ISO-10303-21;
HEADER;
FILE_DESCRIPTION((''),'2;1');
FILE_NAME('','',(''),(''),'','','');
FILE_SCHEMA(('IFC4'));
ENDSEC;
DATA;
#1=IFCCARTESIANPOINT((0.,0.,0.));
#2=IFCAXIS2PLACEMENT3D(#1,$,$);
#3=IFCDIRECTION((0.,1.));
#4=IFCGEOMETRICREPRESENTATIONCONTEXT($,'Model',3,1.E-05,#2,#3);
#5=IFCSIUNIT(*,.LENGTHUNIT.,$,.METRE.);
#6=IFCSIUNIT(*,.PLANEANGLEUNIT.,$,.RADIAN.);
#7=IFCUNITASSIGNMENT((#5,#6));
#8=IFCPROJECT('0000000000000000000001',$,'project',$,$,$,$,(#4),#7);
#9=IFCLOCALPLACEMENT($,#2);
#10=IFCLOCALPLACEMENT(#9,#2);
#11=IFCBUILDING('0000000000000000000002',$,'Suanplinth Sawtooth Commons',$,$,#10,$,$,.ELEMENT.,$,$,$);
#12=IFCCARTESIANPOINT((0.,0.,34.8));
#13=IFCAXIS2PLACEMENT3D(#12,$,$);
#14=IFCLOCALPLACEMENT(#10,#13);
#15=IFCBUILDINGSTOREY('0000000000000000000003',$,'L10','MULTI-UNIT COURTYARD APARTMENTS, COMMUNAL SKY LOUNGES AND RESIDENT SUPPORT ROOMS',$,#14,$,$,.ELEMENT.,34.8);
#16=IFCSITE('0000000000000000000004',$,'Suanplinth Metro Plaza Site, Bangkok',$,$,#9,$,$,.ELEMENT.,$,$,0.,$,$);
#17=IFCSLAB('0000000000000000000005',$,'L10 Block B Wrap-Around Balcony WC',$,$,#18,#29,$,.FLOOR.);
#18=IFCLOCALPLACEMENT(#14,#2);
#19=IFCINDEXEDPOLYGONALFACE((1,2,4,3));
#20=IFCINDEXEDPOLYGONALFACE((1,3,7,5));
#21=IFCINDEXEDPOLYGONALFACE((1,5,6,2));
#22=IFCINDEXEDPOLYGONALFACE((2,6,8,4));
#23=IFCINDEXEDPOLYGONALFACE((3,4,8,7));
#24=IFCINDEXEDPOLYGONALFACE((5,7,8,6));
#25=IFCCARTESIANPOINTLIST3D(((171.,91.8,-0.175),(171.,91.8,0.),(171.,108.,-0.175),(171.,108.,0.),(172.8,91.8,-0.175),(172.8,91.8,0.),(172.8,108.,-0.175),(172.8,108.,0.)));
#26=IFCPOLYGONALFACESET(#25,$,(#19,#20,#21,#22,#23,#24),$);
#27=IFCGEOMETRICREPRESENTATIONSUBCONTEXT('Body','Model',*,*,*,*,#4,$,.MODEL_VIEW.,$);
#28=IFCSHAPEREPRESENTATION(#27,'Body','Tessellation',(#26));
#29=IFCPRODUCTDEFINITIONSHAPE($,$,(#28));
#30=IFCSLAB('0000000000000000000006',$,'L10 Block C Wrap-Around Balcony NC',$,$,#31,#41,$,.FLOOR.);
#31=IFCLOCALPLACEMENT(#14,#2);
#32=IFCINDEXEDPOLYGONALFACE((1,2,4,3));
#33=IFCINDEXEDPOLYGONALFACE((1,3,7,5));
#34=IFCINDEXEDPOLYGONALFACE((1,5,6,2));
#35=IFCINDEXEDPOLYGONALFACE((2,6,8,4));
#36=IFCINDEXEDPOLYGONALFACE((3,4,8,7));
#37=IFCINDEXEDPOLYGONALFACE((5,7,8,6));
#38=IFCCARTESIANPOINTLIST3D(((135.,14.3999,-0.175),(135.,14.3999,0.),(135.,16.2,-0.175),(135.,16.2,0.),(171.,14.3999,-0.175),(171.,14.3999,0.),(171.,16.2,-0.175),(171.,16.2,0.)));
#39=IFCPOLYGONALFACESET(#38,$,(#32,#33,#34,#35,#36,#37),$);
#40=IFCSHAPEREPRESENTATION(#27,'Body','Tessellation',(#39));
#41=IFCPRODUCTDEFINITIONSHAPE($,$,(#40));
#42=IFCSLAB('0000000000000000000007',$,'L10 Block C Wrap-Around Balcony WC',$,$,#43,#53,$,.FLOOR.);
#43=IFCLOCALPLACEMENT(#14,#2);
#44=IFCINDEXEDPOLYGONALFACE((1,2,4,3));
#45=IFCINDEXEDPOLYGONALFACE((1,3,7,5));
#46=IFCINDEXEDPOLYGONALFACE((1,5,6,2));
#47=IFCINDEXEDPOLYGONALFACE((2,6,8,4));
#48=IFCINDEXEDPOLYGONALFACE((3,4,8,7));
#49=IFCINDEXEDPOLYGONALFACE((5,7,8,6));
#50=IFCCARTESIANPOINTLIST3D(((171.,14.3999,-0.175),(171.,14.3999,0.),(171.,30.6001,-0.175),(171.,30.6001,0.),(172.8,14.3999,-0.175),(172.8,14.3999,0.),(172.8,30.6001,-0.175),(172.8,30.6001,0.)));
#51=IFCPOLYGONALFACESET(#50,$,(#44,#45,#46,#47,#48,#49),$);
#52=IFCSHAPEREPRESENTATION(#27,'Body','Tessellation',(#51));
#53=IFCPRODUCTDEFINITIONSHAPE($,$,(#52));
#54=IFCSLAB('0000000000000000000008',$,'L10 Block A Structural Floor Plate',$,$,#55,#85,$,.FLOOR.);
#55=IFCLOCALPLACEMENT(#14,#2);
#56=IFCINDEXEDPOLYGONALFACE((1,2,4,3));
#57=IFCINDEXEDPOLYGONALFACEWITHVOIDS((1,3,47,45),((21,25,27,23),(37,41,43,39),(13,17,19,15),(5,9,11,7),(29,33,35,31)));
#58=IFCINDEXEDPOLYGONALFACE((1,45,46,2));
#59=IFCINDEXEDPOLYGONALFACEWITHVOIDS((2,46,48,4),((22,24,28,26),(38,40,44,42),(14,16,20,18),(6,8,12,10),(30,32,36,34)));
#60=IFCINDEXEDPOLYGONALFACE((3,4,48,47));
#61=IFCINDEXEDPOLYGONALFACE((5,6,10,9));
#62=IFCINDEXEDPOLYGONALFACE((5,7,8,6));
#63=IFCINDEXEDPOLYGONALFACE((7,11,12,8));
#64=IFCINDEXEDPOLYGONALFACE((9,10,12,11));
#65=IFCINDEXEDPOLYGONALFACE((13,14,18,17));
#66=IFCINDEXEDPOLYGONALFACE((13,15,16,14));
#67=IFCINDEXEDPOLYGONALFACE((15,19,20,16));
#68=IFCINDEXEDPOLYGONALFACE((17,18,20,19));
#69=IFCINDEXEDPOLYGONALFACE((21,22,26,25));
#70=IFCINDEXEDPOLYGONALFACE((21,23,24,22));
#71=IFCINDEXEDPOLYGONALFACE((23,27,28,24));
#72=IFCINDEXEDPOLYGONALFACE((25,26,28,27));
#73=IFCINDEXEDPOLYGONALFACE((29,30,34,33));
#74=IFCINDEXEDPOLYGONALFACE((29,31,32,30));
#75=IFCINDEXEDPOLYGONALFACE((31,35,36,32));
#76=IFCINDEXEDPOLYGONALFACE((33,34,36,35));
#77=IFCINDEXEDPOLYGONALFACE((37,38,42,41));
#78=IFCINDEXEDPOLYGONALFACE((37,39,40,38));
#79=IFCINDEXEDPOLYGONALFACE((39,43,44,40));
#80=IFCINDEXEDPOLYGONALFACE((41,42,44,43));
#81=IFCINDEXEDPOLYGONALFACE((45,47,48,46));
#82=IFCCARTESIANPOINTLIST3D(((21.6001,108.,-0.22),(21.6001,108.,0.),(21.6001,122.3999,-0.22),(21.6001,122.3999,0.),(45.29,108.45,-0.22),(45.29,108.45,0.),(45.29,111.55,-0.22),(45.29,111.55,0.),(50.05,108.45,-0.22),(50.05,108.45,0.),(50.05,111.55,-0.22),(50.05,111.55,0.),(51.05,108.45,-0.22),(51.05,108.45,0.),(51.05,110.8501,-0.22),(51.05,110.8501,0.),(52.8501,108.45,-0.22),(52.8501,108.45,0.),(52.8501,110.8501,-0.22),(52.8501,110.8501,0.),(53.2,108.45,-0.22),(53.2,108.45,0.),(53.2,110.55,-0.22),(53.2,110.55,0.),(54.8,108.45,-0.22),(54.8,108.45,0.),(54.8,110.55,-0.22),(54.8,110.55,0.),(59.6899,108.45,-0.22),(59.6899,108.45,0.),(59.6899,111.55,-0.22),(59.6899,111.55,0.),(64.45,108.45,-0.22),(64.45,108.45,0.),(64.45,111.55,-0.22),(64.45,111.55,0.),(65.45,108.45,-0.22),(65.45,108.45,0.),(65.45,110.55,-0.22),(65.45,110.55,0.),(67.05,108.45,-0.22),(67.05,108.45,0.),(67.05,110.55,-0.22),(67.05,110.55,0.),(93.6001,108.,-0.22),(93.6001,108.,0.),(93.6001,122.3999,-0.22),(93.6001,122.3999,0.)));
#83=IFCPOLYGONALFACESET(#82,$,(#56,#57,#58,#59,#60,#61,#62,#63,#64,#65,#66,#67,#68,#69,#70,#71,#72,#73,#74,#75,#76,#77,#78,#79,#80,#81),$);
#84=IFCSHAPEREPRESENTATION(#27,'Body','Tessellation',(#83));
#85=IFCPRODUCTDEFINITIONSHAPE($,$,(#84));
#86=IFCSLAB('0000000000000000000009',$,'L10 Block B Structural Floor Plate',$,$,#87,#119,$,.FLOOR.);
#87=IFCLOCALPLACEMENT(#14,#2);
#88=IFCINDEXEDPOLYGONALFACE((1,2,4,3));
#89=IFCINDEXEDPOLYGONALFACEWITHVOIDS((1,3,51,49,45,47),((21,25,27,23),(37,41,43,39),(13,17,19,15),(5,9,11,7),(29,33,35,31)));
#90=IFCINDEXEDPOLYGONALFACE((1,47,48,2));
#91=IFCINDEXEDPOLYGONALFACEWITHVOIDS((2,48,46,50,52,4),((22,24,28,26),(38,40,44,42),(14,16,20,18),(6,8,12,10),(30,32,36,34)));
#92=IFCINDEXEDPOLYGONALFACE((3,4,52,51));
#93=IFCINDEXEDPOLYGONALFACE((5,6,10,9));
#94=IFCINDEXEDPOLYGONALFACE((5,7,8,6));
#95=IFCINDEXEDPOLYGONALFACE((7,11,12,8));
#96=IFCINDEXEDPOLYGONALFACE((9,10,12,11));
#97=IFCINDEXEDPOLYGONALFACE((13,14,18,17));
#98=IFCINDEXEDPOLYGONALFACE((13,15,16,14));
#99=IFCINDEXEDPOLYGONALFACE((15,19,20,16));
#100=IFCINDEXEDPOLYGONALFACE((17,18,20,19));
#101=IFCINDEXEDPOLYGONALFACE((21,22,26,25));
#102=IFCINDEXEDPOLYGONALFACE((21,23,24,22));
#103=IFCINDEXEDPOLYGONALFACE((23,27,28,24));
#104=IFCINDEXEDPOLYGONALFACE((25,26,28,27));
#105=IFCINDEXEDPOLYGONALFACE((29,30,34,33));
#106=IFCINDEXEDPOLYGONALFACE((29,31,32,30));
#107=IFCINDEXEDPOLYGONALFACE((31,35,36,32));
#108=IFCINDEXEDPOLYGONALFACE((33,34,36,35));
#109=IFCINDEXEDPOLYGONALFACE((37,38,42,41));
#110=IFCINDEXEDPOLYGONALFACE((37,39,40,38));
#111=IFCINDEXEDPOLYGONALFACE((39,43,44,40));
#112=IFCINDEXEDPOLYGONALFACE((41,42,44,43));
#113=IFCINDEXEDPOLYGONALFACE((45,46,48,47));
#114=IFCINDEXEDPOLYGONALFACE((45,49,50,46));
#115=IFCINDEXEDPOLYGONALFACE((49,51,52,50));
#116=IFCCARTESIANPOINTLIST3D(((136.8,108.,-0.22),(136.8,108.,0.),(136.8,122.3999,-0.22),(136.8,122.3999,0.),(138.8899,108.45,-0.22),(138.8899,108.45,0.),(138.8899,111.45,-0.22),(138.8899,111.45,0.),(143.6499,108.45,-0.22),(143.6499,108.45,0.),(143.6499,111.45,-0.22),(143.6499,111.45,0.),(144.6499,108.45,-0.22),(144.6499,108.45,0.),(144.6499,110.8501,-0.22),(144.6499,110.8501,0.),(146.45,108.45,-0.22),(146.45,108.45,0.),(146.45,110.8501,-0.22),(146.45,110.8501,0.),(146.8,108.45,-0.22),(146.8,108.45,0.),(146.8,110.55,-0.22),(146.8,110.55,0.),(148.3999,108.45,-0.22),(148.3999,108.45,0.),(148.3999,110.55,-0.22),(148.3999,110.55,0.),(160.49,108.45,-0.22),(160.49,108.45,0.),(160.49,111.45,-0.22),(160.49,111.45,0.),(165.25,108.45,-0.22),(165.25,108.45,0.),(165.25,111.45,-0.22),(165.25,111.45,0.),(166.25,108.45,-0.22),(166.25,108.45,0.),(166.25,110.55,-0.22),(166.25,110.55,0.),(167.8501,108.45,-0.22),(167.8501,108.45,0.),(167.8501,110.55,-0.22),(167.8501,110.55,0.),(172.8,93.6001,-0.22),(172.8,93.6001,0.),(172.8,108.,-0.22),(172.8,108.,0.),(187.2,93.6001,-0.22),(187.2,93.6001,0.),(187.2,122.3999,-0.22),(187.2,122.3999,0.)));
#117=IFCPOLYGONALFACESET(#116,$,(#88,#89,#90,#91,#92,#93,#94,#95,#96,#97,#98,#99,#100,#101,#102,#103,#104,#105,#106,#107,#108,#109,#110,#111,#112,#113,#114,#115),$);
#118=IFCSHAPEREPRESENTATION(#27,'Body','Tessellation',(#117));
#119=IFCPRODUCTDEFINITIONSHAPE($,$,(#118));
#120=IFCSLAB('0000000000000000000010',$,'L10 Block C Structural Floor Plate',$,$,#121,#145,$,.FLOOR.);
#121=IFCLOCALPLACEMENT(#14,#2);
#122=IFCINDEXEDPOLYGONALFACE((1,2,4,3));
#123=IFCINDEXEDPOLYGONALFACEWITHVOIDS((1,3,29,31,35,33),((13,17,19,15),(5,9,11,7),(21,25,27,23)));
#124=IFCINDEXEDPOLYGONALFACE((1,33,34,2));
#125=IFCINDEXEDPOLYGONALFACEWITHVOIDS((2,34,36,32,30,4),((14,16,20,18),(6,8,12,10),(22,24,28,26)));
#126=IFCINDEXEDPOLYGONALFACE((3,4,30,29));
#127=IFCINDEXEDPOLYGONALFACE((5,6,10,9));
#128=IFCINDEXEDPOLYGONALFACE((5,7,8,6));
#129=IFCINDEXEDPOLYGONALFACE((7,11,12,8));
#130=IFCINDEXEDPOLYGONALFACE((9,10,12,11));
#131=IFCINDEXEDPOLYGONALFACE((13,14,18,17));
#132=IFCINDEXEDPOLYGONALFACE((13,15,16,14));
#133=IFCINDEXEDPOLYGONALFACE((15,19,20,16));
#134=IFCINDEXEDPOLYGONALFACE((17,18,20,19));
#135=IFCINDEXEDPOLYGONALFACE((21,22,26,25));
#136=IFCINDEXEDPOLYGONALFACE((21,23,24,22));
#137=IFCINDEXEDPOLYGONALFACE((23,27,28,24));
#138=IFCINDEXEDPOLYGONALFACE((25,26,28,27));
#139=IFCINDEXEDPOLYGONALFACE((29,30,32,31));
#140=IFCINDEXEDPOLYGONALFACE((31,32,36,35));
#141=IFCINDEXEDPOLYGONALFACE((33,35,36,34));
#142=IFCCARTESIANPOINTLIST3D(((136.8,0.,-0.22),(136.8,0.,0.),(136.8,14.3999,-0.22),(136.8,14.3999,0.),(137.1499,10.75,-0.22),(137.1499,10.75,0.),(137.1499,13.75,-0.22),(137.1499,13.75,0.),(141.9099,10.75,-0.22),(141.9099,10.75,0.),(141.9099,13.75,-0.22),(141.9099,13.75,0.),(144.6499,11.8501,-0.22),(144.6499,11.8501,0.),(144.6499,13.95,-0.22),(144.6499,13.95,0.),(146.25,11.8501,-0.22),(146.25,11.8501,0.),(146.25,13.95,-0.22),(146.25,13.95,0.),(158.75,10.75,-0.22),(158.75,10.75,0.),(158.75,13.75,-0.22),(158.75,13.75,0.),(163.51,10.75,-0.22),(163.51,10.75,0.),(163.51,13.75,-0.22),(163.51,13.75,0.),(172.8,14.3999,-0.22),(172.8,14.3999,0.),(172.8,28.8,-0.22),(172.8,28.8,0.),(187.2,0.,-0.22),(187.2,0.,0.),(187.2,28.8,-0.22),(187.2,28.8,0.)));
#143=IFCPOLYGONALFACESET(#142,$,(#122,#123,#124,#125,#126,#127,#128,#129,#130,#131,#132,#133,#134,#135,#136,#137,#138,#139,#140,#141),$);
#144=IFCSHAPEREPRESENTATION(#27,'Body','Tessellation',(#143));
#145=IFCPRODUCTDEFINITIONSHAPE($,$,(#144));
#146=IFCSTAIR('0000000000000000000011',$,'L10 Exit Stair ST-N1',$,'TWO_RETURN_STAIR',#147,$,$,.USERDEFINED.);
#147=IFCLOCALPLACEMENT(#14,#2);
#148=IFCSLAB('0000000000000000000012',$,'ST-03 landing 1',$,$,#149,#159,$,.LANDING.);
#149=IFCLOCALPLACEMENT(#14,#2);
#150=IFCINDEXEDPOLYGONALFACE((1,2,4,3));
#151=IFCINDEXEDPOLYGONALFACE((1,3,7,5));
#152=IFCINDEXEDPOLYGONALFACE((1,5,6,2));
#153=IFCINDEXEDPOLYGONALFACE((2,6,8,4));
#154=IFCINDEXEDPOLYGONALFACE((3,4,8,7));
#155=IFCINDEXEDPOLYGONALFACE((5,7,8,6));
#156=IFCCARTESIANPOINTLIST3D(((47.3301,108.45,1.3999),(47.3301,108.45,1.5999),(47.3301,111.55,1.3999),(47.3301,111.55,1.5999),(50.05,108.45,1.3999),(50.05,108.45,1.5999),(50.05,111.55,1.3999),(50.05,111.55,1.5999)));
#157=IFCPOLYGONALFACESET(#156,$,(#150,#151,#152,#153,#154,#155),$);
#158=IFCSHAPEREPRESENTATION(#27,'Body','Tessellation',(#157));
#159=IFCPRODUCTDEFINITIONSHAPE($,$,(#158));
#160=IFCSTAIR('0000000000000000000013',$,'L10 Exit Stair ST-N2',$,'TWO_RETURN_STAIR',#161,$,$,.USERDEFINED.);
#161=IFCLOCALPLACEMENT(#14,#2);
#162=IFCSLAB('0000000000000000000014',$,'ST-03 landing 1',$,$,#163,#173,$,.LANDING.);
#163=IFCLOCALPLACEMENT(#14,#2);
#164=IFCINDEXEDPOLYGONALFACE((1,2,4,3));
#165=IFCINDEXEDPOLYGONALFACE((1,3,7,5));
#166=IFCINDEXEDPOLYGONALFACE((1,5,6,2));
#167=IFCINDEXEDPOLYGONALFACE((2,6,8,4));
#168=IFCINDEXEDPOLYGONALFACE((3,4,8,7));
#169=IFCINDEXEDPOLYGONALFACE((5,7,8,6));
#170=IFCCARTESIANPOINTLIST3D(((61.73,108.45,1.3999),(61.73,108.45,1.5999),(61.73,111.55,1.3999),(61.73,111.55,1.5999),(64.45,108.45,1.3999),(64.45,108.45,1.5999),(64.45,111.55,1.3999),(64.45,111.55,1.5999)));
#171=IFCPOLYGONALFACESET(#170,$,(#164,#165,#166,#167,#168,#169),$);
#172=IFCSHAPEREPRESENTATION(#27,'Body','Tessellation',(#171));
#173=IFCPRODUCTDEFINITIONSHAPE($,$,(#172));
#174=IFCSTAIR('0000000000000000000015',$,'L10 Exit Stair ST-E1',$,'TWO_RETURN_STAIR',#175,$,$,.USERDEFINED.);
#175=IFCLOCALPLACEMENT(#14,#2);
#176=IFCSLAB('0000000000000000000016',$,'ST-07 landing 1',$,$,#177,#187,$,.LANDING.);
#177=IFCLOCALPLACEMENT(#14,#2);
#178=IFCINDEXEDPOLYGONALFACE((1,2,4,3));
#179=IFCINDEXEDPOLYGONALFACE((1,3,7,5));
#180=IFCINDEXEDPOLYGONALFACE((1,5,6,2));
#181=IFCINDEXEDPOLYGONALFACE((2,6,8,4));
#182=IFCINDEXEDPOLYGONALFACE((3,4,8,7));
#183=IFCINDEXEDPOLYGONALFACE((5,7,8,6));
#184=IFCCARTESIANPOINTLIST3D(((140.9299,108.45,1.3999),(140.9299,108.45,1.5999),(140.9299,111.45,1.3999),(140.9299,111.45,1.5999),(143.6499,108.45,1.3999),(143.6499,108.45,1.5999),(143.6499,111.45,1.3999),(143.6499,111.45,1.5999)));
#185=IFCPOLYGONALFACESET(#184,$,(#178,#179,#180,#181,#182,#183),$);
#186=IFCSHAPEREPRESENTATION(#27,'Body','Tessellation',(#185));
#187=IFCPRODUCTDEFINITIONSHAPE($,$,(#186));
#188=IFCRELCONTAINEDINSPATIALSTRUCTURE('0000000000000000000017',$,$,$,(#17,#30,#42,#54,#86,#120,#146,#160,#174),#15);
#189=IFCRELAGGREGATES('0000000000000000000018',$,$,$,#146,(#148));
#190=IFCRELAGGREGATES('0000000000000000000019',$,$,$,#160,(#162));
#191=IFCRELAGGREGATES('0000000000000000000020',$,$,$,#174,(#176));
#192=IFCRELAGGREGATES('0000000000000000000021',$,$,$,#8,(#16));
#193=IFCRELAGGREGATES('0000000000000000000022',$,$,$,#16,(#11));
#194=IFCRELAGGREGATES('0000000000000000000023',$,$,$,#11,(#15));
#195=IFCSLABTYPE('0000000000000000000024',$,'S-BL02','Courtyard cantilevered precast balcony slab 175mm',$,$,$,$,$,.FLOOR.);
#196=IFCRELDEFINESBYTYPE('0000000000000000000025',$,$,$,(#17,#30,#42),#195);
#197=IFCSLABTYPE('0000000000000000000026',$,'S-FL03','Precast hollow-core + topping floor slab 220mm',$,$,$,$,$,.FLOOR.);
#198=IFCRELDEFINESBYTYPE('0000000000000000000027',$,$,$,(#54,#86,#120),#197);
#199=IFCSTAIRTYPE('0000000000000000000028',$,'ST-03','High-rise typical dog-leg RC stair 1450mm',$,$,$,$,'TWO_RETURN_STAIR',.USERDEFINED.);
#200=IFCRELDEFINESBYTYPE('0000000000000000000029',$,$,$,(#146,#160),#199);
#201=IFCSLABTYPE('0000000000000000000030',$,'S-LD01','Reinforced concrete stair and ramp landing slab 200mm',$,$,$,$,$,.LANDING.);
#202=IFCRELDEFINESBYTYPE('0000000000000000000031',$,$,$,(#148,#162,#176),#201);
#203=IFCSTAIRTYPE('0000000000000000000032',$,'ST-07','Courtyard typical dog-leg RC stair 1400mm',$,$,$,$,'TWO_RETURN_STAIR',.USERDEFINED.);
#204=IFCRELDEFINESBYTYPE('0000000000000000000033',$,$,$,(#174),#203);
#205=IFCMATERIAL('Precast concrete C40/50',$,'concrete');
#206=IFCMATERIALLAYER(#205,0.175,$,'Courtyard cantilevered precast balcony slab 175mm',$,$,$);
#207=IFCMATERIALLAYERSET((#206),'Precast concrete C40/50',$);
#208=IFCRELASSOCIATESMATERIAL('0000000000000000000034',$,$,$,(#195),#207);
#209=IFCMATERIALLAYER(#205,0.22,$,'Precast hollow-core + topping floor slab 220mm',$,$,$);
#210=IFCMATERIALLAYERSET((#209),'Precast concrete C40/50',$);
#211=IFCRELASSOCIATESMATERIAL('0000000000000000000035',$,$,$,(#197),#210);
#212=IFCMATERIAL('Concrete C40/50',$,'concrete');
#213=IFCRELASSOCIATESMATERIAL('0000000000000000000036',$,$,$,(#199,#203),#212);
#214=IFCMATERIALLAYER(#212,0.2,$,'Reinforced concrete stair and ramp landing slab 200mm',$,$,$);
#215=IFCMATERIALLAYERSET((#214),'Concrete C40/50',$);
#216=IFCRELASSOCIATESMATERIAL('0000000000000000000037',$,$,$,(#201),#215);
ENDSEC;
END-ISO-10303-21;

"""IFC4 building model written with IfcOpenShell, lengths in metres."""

from ifc_helpers import new_model, si_unit, direction, frame, origin, place, context, subcontext, project, spatial, polyline, outline, extrude, material, layer, layer_set, type_object, element, aggregate, save


model = new_model("IFC4")

# Units and contexts
model_context = context("Model", 3, precision=1e-05, world=origin(), true_north=direction((0.0, 1.0)))
body_context = subcontext(model_context, "Body", "Model", "MODEL_VIEW")
ifc_project = project(units=[si_unit("LENGTHUNIT", "METRE"), si_unit("PLANEANGLEUNIT", "RADIAN")], contexts=[model_context])

# Site, building, storey
site_placement = place(None, origin())
site = spatial("IfcSite", under=ifc_project, at=site_placement, Name="Suanplinth Metro Plaza Site, Bangkok", CompositionType="ELEMENT", RefElevation=0.0)
building_placement = place(site_placement, origin())
building = spatial("IfcBuilding", under=site, at=building_placement, Name="Suanplinth Sawtooth Commons", CompositionType="ELEMENT")
storey_placement = place(building_placement, frame((0.0, 0.0, 34.8)))
storey = spatial("IfcBuildingStorey", under=building, at=storey_placement, Name="L10", Description="MULTI-UNIT COURTYARD APARTMENTS, COMMUNAL SKY LOUNGES AND RESIDENT SUPPORT ROOMS", CompositionType="ELEMENT", Elevation=34.8)

# Shared definitions
ifc_material_1 = material(Name="Precast concrete C40/50", Category="concrete")

# Slabs
ifc_layer_1 = layer(ifc_material_1, 0.175, Name="Courtyard cantilevered precast balcony slab 175mm")
ifc_layer_set_1 = layer_set([ifc_layer_1], Name="Precast concrete C40/50")
slab_type_1 = type_object("IfcSlabType", Name="S-BL02", Description="Courtyard cantilevered precast balcony slab 175mm", PredefinedType="FLOOR", material=ifc_layer_set_1)
slab_1_placement = place(storey_placement, frame((0.0, 0.0, -0.175)))
element("IfcSlab", 1, at=slab_1_placement, inside=storey, type_object=slab_type_1, Name="L10 Block B Wrap-Around Balcony WC", PredefinedType="FLOOR", context=body_context, shape_type="SweptSolid", body=[
    extrude(outline(polyline([(172.8, 91.8), (171.0, 91.8), (171.0, 108.0), (172.8, 108.0), (172.8, 91.8)])), origin(), (0.0, 0.0, 1.0), 0.175),
])
slab_2_placement = place(storey_placement, frame((0.0, 0.0, -0.175)))
element("IfcSlab", 2, at=slab_2_placement, inside=storey, type_object=slab_type_1, Name="L10 Block C Wrap-Around Balcony NC", PredefinedType="FLOOR", context=body_context, shape_type="SweptSolid", body=[
    extrude(outline(polyline([(135.0, 14.3999), (135.0, 16.2), (171.0, 16.2), (171.0, 14.3999), (135.0, 14.3999)])), origin(), (0.0, 0.0, 1.0), 0.175),
])
slab_3_placement = place(storey_placement, frame((0.0, 0.0, -0.175)))
element("IfcSlab", 3, at=slab_3_placement, inside=storey, type_object=slab_type_1, Name="L10 Block C Wrap-Around Balcony WC", PredefinedType="FLOOR", context=body_context, shape_type="SweptSolid", body=[
    extrude(outline(polyline([(172.8, 14.3999), (171.0, 14.3999), (171.0, 30.6001), (172.8, 30.6001), (172.8, 14.3999)])), origin(), (0.0, 0.0, 1.0), 0.175),
])
ifc_layer_2 = layer(ifc_material_1, 0.22, Name="Precast hollow-core + topping floor slab 220mm")
ifc_layer_set_2 = layer_set([ifc_layer_2], Name="Precast concrete C40/50")
slab_type_2 = type_object("IfcSlabType", Name="S-FL03", Description="Precast hollow-core + topping floor slab 220mm", PredefinedType="FLOOR", material=ifc_layer_set_2)
slab_4_placement = place(storey_placement, frame((0.0, 0.0, -0.22)))
element("IfcSlab", 4, at=slab_4_placement, inside=storey, type_object=slab_type_2, Name="L10 Block A Structural Floor Plate", PredefinedType="FLOOR", context=body_context, shape_type="SweptSolid", body=[
    extrude(outline(polyline([(21.6001, 108.0), (93.6001, 108.0), (93.6001, 122.3999), (21.6001, 122.3999), (21.6001, 108.0)]), holes=[polyline([(45.29, 108.45), (50.05, 108.45), (50.05, 111.55), (45.29, 111.55), (45.29, 108.45)]), polyline([(51.05, 108.45), (52.8501, 108.45), (52.8501, 110.8501), (51.05, 110.8501), (51.05, 108.45)]), polyline([(53.2, 108.45), (54.8, 108.45), (54.8, 110.55), (53.2, 110.55), (53.2, 108.45)]), polyline([(59.6899, 108.45), (64.45, 108.45), (64.45, 111.55), (59.6899, 111.55), (59.6899, 108.45)]), polyline([(65.45, 108.45), (67.05, 108.45), (67.05, 110.55), (65.45, 110.55), (65.45, 108.45)])]), origin(), (0.0, 0.0, 1.0), 0.22),
])
slab_5_placement = place(storey_placement, frame((0.0, 0.0, -0.22)))
element("IfcSlab", 5, at=slab_5_placement, inside=storey, type_object=slab_type_2, Name="L10 Block B Structural Floor Plate", PredefinedType="FLOOR", context=body_context, shape_type="SweptSolid", body=[
    extrude(outline(polyline([(172.8, 108.0), (136.8, 108.0), (136.8, 122.3999), (187.2, 122.3999), (187.2, 93.6001), (172.8, 93.6001), (172.8, 108.0)]), holes=[polyline([(138.8899, 108.45), (143.6499, 108.45), (143.6499, 111.45), (138.8899, 111.45), (138.8899, 108.45)]), polyline([(144.6499, 108.45), (146.45, 108.45), (146.45, 110.8501), (144.6499, 110.8501), (144.6499, 108.45)]), polyline([(146.8, 108.45), (148.3999, 108.45), (148.3999, 110.55), (146.8, 110.55), (146.8, 108.45)]), polyline([(160.49, 108.45), (165.25, 108.45), (165.25, 111.45), (160.49, 111.45), (160.49, 108.45)]), polyline([(166.25, 108.45), (167.8501, 108.45), (167.8501, 110.55), (166.25, 110.55), (166.25, 108.45)])]), origin(), (0.0, 0.0, 1.0), 0.22),
])
slab_6_placement = place(storey_placement, frame((0.0, 0.0, -0.22)))
element("IfcSlab", 6, at=slab_6_placement, inside=storey, type_object=slab_type_2, Name="L10 Block C Structural Floor Plate", PredefinedType="FLOOR", context=body_context, shape_type="SweptSolid", body=[
    extrude(outline(polyline([(187.2, 0.0), (136.8, 0.0), (136.8, 14.3999), (172.8, 14.3999), (172.8, 28.8), (187.2, 28.8), (187.2, 0.0)]), holes=[polyline([(137.1499, 10.75), (141.9099, 10.75), (141.9099, 13.75), (137.1499, 13.75), (137.1499, 10.75)]), polyline([(144.6499, 11.8501), (146.25, 11.8501), (146.25, 13.95), (144.6499, 13.95), (144.6499, 11.8501)]), polyline([(158.75, 10.75), (163.51, 10.75), (163.51, 13.75), (158.75, 13.75), (158.75, 10.75)])]), origin(), (0.0, 0.0, 1.0), 0.22),
])

# Stairs, slabs
ifc_material_2 = material(Name="Concrete C40/50", Category="concrete")
stair_type_1 = type_object("IfcStairType", Name="ST-03", Description="High-rise typical dog-leg RC stair 1450mm", ElementType="TWO_RETURN_STAIR", PredefinedType="USERDEFINED", material=ifc_material_2)
stair_1_placement = place(storey_placement, origin())
stair_1 = element("IfcStair", 7, at=stair_1_placement, inside=storey, type_object=stair_type_1, Name="L10 Exit Stair ST-N1", ObjectType="TWO_RETURN_STAIR", PredefinedType="USERDEFINED")
ifc_layer_3 = layer(ifc_material_2, 0.2, Name="Reinforced concrete stair and ramp landing slab 200mm")
ifc_layer_set_3 = layer_set([ifc_layer_3], Name="Concrete C40/50")
slab_type_3 = type_object("IfcSlabType", Name="S-LD01", Description="Reinforced concrete stair and ramp landing slab 200mm", PredefinedType="LANDING", material=ifc_layer_set_3)
slab_7_placement = place(storey_placement, frame((0.0, 0.0, 1.3999)))
slab_7 = element("IfcSlab", 8, at=slab_7_placement, type_object=slab_type_3, Name="ST-03 landing 1", PredefinedType="LANDING", context=body_context, shape_type="SweptSolid", body=[
    extrude(outline(polyline([(47.3301, 108.45), (50.05, 108.45), (50.05, 111.55), (47.3301, 111.55), (47.3301, 108.45)])), origin(), (0.0, 0.0, 1.0), 0.2),
])
aggregate(stair_1, [slab_7])
stair_2_placement = place(storey_placement, origin())
stair_2 = element("IfcStair", 9, at=stair_2_placement, inside=storey, type_object=stair_type_1, Name="L10 Exit Stair ST-N2", ObjectType="TWO_RETURN_STAIR", PredefinedType="USERDEFINED")
slab_8_placement = place(storey_placement, frame((0.0, 0.0, 1.3999)))
slab_8 = element("IfcSlab", 10, at=slab_8_placement, type_object=slab_type_3, Name="ST-03 landing 1", PredefinedType="LANDING", context=body_context, shape_type="SweptSolid", body=[
    extrude(outline(polyline([(61.73, 108.45), (64.45, 108.45), (64.45, 111.55), (61.73, 111.55), (61.73, 108.45)])), origin(), (0.0, 0.0, 1.0), 0.2),
])
aggregate(stair_2, [slab_8])
stair_type_2 = type_object("IfcStairType", Name="ST-07", Description="Courtyard typical dog-leg RC stair 1400mm", ElementType="TWO_RETURN_STAIR", PredefinedType="USERDEFINED", material=ifc_material_2)
stair_3_placement = place(storey_placement, origin())
stair_3 = element("IfcStair", 11, at=stair_3_placement, inside=storey, type_object=stair_type_2, Name="L10 Exit Stair ST-E1", ObjectType="TWO_RETURN_STAIR", PredefinedType="USERDEFINED")
slab_9_placement = place(storey_placement, frame((0.0, 0.0, 1.3999)))
slab_9 = element("IfcSlab", 12, at=slab_9_placement, type_object=slab_type_3, Name="ST-07 landing 1", PredefinedType="LANDING", context=body_context, shape_type="SweptSolid", body=[
    extrude(outline(polyline([(140.9299, 108.45), (143.6499, 108.45), (143.6499, 111.45), (140.9299, 111.45), (140.9299, 108.45)])), origin(), (0.0, 0.0, 1.0), 0.2),
])
aggregate(stair_3, [slab_9])

save(model, "model.ifc")
